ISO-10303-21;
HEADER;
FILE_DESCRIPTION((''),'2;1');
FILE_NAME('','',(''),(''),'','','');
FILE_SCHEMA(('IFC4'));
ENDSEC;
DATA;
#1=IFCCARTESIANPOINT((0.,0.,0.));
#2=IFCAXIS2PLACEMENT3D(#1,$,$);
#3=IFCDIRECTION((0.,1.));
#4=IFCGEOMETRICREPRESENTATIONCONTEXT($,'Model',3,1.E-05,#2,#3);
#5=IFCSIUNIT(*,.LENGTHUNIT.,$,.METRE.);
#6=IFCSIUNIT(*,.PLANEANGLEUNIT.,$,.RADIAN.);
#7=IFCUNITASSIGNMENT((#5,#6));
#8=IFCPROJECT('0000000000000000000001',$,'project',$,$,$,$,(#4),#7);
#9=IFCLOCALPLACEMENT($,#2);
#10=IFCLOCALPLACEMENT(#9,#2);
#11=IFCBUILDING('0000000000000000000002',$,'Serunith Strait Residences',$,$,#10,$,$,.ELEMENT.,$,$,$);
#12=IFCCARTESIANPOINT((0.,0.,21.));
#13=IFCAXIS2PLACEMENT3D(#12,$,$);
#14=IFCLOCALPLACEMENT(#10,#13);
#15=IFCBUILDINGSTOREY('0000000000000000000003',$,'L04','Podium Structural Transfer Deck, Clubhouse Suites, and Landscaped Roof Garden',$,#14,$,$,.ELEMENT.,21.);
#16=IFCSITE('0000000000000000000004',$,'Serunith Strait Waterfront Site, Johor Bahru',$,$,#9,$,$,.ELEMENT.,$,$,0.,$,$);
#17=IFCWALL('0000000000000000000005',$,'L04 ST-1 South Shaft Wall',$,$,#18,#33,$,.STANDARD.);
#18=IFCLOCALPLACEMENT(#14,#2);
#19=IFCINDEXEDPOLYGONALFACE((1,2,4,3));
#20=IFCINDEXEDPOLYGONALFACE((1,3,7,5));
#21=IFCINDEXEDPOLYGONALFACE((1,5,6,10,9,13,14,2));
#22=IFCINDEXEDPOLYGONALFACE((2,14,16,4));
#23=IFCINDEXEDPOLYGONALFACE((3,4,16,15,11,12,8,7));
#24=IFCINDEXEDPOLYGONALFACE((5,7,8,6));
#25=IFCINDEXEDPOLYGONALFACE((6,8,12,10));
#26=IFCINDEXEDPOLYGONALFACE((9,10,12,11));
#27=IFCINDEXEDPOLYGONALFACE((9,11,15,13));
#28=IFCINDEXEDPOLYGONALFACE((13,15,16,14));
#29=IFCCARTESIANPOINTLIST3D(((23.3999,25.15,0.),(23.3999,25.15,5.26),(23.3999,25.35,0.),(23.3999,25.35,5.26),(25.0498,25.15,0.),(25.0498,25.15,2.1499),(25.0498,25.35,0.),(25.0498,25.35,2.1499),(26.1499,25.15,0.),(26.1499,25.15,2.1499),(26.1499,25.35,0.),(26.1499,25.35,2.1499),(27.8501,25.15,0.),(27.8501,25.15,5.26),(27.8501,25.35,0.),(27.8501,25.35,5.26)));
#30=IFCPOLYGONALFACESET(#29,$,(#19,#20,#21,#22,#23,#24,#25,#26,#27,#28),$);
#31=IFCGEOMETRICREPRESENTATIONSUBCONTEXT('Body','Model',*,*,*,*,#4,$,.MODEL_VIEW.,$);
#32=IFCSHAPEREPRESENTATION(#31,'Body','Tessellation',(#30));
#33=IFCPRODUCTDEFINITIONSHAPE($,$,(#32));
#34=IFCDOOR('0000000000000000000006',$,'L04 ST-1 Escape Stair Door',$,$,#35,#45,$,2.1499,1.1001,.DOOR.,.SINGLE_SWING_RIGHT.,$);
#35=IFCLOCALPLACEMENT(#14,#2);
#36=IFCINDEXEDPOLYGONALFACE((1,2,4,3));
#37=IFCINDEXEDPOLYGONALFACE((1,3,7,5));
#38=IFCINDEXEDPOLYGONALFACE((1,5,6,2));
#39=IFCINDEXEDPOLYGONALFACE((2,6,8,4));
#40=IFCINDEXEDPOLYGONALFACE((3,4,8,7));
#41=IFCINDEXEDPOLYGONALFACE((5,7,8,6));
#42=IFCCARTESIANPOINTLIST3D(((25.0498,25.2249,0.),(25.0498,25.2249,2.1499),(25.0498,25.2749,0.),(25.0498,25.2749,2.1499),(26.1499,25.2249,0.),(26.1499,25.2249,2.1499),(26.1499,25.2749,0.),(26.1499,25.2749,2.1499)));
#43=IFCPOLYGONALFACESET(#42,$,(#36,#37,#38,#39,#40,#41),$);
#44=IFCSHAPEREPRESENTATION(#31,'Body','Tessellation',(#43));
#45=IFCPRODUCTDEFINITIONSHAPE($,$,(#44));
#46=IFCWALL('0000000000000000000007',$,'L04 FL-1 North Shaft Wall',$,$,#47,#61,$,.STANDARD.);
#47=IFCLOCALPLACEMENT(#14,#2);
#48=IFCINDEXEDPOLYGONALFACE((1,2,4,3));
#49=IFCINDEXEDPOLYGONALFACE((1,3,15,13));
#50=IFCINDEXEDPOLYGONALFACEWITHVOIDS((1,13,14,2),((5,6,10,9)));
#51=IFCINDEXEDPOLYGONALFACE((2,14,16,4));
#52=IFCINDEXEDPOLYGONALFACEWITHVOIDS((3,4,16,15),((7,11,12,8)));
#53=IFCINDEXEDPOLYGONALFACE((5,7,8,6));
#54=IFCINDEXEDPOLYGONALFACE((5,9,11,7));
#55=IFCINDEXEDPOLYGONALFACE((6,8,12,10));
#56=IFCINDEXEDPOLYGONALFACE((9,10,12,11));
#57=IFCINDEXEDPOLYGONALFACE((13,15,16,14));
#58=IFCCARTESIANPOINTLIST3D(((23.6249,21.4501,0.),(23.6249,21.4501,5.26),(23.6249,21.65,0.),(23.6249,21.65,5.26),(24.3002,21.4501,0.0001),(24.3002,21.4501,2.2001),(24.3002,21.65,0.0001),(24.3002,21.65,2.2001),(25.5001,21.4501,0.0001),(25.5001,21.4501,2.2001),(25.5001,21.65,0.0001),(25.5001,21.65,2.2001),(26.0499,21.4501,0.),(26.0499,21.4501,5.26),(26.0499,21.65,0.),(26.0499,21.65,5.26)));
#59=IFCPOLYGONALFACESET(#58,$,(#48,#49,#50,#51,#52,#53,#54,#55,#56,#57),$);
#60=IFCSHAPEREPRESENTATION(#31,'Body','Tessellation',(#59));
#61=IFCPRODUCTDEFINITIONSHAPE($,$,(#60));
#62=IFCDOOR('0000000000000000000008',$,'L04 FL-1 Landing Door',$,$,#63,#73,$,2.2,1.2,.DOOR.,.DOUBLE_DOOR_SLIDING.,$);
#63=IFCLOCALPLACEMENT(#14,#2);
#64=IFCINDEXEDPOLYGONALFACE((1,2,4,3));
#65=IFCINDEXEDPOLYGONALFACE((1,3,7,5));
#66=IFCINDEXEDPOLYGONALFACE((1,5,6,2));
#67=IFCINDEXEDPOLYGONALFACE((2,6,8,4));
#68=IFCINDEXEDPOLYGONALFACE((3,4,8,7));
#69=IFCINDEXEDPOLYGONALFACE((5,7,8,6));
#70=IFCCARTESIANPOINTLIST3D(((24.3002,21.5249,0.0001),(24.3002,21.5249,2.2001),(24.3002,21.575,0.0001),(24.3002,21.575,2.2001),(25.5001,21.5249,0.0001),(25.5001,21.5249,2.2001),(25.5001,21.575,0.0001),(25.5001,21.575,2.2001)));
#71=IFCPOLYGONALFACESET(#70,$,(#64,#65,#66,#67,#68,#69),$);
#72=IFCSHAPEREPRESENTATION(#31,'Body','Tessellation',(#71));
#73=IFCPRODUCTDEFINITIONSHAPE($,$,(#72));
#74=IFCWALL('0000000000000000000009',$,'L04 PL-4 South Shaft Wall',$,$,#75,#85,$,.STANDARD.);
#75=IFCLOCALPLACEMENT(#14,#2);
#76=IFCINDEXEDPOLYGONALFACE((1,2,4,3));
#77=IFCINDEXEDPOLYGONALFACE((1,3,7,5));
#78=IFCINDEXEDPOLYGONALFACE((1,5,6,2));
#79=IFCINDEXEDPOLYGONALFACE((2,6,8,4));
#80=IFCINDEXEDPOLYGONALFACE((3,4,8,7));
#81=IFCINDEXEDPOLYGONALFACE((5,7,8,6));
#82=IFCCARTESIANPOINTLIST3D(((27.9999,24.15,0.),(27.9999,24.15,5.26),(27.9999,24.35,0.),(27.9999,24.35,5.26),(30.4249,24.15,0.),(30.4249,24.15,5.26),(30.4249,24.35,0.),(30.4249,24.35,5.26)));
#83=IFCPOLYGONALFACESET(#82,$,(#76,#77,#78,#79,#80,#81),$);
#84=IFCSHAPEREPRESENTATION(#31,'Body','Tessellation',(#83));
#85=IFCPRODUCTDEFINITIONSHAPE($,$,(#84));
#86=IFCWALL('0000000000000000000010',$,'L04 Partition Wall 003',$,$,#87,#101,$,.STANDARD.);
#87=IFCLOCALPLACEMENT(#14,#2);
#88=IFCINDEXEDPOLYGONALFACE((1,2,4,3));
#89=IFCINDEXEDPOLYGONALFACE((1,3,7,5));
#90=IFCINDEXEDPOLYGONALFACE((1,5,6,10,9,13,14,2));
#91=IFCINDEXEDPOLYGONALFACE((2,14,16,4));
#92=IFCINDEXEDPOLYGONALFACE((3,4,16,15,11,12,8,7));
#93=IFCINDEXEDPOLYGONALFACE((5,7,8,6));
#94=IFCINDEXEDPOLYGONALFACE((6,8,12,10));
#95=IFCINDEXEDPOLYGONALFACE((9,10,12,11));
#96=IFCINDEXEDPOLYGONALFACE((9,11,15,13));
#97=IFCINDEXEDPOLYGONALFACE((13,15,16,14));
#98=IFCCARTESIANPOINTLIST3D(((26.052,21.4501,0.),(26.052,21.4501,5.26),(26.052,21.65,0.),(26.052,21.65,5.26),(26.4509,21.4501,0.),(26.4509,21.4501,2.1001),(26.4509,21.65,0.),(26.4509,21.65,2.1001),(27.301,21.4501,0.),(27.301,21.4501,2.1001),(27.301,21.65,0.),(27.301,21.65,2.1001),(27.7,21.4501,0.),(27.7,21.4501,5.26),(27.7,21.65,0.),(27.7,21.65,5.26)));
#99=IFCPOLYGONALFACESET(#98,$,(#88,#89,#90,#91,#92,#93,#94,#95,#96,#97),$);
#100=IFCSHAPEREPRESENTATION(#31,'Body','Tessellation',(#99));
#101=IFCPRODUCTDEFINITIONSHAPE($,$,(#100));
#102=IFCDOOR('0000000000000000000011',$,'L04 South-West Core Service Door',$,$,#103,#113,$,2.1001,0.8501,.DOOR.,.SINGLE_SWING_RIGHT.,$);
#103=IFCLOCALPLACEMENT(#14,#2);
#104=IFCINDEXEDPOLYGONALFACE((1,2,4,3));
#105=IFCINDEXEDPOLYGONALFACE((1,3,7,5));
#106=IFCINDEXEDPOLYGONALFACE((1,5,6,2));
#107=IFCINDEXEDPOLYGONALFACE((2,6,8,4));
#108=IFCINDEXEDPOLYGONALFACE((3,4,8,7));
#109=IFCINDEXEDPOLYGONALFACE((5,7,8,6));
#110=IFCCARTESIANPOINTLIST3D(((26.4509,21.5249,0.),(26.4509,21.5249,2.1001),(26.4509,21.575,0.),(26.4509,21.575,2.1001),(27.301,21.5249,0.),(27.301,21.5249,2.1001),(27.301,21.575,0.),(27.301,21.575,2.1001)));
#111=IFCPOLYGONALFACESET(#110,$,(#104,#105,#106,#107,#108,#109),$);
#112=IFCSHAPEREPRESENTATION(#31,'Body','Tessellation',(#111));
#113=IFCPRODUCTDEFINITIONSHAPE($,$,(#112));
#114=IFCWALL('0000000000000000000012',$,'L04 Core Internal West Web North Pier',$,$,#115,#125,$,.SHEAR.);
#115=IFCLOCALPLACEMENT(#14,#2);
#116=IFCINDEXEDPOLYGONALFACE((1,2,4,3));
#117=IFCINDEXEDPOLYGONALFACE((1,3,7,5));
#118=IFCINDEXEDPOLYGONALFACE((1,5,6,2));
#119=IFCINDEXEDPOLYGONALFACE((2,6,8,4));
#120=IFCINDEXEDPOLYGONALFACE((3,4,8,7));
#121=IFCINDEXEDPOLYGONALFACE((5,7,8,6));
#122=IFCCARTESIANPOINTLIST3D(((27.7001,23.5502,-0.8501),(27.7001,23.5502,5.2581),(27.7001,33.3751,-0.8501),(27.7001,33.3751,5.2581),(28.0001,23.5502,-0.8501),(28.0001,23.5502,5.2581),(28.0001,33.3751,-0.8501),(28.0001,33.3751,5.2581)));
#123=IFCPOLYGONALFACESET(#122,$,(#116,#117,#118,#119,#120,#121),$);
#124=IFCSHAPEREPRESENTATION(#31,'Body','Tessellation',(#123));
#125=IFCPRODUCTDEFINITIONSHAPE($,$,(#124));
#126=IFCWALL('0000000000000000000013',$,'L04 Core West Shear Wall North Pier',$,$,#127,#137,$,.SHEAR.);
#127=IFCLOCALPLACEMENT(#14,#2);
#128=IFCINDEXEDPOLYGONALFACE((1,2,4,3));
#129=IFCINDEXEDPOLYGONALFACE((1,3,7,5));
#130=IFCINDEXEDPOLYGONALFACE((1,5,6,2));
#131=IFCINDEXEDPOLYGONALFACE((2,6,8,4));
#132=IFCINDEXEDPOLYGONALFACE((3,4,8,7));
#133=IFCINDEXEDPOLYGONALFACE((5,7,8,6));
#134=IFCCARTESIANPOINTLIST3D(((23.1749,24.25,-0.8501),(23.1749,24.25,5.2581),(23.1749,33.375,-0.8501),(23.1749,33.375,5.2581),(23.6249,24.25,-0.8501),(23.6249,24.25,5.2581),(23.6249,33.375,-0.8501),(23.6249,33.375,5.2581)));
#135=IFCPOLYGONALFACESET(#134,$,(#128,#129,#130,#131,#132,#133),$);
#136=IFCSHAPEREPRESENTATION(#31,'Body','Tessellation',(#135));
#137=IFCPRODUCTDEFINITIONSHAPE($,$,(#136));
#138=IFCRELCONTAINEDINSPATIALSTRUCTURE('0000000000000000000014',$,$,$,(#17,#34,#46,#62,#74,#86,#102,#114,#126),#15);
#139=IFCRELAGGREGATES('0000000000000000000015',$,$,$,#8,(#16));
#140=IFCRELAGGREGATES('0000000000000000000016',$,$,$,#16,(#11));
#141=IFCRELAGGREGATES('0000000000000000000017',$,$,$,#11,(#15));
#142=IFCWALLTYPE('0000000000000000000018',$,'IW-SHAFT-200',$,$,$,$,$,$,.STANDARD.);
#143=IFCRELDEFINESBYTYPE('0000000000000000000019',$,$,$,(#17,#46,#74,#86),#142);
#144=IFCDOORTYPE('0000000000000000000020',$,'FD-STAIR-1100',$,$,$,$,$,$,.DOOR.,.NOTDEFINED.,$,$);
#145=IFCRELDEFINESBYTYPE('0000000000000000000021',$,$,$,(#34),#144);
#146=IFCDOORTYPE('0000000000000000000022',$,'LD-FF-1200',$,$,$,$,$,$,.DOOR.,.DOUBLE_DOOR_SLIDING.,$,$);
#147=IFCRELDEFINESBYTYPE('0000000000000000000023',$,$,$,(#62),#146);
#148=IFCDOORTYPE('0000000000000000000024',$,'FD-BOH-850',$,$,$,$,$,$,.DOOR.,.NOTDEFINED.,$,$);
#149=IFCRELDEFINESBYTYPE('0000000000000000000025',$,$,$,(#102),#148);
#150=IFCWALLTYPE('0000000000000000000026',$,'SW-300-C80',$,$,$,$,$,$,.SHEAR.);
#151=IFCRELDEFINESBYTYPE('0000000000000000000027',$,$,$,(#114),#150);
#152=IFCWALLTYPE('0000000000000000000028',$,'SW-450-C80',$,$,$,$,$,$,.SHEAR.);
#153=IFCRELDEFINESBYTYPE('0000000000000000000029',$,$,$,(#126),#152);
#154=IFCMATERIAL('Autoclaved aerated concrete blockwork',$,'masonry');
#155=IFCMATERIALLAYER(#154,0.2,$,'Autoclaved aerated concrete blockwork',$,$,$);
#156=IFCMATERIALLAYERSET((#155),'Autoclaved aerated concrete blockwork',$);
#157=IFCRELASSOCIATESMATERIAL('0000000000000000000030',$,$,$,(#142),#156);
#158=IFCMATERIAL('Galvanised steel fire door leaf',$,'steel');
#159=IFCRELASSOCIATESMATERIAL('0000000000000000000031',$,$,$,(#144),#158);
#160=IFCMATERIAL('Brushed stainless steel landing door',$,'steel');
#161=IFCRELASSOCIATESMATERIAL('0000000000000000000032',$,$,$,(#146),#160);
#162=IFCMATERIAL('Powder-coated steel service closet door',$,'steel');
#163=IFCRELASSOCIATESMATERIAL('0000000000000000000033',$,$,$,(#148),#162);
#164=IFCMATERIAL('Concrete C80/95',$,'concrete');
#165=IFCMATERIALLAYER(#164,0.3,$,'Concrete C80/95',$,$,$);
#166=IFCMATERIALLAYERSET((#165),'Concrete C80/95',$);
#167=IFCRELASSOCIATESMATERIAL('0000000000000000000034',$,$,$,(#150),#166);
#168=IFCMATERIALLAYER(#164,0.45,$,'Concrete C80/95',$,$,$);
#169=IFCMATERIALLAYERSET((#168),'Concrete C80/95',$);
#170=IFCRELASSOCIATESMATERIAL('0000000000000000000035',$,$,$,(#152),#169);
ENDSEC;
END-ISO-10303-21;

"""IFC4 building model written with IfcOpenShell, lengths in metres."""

from ifc_helpers import new_model, si_unit, direction, frame, frame_2d, origin, place, context, subcontext, project, spatial, rectangle, extrude, source, transform, mapped, material, layer, layer_set, type_object, element, fill, save


model = new_model("IFC4")

# Units and contexts
model_context = context("Model", 3, precision=1e-05, world=origin(), true_north=direction((0.0, 1.0)))
body_context = subcontext(model_context, "Body", "Model", "MODEL_VIEW")
ifc_project = project(units=[si_unit("LENGTHUNIT", "METRE"), si_unit("PLANEANGLEUNIT", "RADIAN")], contexts=[model_context])

# Site, building, storey
site_placement = place(None, origin())
site = spatial("IfcSite", under=ifc_project, at=site_placement, Name="Serunith Strait Waterfront Site, Johor Bahru", CompositionType="ELEMENT", RefElevation=0.0)
building_placement = place(site_placement, origin())
building = spatial("IfcBuilding", under=site, at=building_placement, Name="Serunith Strait Residences", CompositionType="ELEMENT")
storey_placement = place(building_placement, frame((0.0, 0.0, 21.0)))
storey = spatial("IfcBuildingStorey", under=building, at=storey_placement, Name="L04", Description="Podium Structural Transfer Deck, Clubhouse Suites, and Landscaped Roof Garden", CompositionType="ELEMENT", Elevation=21.0)

# Walls, openings, doors
ifc_material_1 = material(Name="Autoclaved aerated concrete blockwork", Category="masonry")
ifc_layer_1 = layer(ifc_material_1, 0.2, Name="Autoclaved aerated concrete blockwork")
ifc_layer_set_1 = layer_set([ifc_layer_1], Name="Autoclaved aerated concrete blockwork")
wall_type_1 = type_object("IfcWallType", Name="IW-SHAFT-200", PredefinedType="STANDARD", material=ifc_layer_set_1)
wall_1_placement = place(storey_placement, frame((23.3999, 25.25, 0.0), z_axis=(0.0, 0.0, 1.0), x_axis=(1.0, 0.0, 0.0)))
wall_1 = element("IfcWall", 1, at=wall_1_placement, inside=storey, type_object=wall_type_1, Name="L04 ST-1 South Shaft Wall", PredefinedType="STANDARD", context=body_context, shape_type="SweptSolid", body=[
    extrude(rectangle(XDim=4.4502, YDim=0.2, at=frame_2d((2.2251, 0.0))), origin(), (0.0, 0.0, 1.0), 5.26),
])
opening_1_placement = place(wall_1_placement, frame((1.6499, 0.0, 0.0)))
opening_1 = element("IfcOpeningElement", 2, at=opening_1_placement, cuts=wall_1, PredefinedType="OPENING", context=body_context, shape_type="SweptSolid", body=[
    extrude(rectangle(XDim=1.1001, YDim=2.1499, at=frame_2d((0.55, 1.075))), frame((0.0, 0.1099, 0.0), z_axis=(0.0, -1.0, 0.0), x_axis=(1.0, 0.0, 0.0)), (0.0, 0.0, 1.0), 0.22),
])
ifc_material_2 = material(Name="Galvanised steel fire door leaf", Category="steel")
door_type_1 = type_object("IfcDoorType", Name="FD-STAIR-1100", OperationType="NOTDEFINED", PredefinedType="DOOR", material=ifc_material_2)
shared_shape_1 = source(origin(), body_context, "Body", "SweptSolid", [
    extrude(rectangle(XDim=1.1001, YDim=2.1499, at=frame_2d((0.55, 1.075))), frame((0.0, 0.0249, 0.0), z_axis=(0.0, -1.0, 0.0), x_axis=(1.0, 0.0, 0.0)), (0.0, 0.0, 1.0), 0.05),
])
door_1_placement = place(opening_1_placement, origin())
door_1 = element("IfcDoor", 3, at=door_1_placement, inside=storey, type_object=door_type_1, Name="L04 ST-1 Escape Stair Door", OperationType="SINGLE_SWING_RIGHT", OverallHeight=2.1499, OverallWidth=1.1001, PredefinedType="DOOR", context=body_context, shape_type="MappedRepresentation", body=[
    mapped(shared_shape_1, transform((0.0, 0.0, 0.0), scale=1.0)),
])
fill(opening_1, door_1)
wall_2_placement = place(storey_placement, frame((23.625, 21.55, 0.0), z_axis=(0.0, 0.0, 1.0), x_axis=(1.0, 0.0, 0.0)))
wall_2 = element("IfcWall", 4, at=wall_2_placement, inside=storey, type_object=wall_type_1, Name="L04 FL-1 North Shaft Wall", PredefinedType="STANDARD", context=body_context, shape_type="SweptSolid", body=[
    extrude(rectangle(XDim=2.425, YDim=0.2, at=frame_2d((1.2124, 0.0))), origin(), (0.0, 0.0, 1.0), 5.26),
])
opening_2_placement = place(wall_2_placement, frame((0.675, 0.0, 0.0)))
opening_2 = element("IfcOpeningElement", 5, at=opening_2_placement, cuts=wall_2, PredefinedType="OPENING", context=body_context, shape_type="SweptSolid", body=[
    extrude(rectangle(XDim=1.2, YDim=2.2, at=frame_2d((0.6001, 1.1001))), frame((0.0, 0.1099, 0.0), z_axis=(0.0, -1.0, 0.0), x_axis=(1.0, 0.0, 0.0)), (0.0, 0.0, 1.0), 0.22),
])
ifc_material_3 = material(Name="Brushed stainless steel landing door", Category="steel")
door_type_2 = type_object("IfcDoorType", Name="LD-FF-1200", OperationType="DOUBLE_DOOR_SLIDING", PredefinedType="DOOR", material=ifc_material_3)
shared_shape_2 = source(origin(), body_context, "Body", "SweptSolid", [
    extrude(rectangle(XDim=1.2, YDim=2.2, at=frame_2d((0.6001, 1.1001))), frame((0.0, 0.0249, 0.0), z_axis=(0.0, -1.0, 0.0), x_axis=(1.0, 0.0, 0.0)), (0.0, 0.0, 1.0), 0.05),
])
door_2_placement = place(opening_2_placement, origin())
door_2 = element("IfcDoor", 6, at=door_2_placement, inside=storey, type_object=door_type_2, Name="L04 FL-1 Landing Door", OperationType="DOUBLE_DOOR_SLIDING", OverallHeight=2.2, OverallWidth=1.2, PredefinedType="DOOR", context=body_context, shape_type="MappedRepresentation", body=[
    mapped(shared_shape_2, transform((0.0, 0.0, 0.0), scale=1.0)),
])
fill(opening_2, door_2)

# Wall
wall_3_placement = place(storey_placement, frame((28.0, 24.25, 0.0), z_axis=(0.0, 0.0, 1.0), x_axis=(1.0, 0.0, 0.0)))
element("IfcWall", 7, at=wall_3_placement, inside=storey, type_object=wall_type_1, Name="L04 PL-4 South Shaft Wall", PredefinedType="STANDARD", context=body_context, shape_type="SweptSolid", body=[
    extrude(rectangle(XDim=2.425, YDim=0.2, at=frame_2d((1.2124, 0.0))), origin(), (0.0, 0.0, 1.0), 5.26),
])

# Wall, opening, door
wall_4_placement = place(storey_placement, frame((26.052, 21.55, 0.0), z_axis=(0.0, 0.0, 1.0), x_axis=(1.0, 0.0, 0.0)))
wall_4 = element("IfcWall", 8, at=wall_4_placement, inside=storey, type_object=wall_type_1, Name="L04 Partition Wall 003", PredefinedType="STANDARD", context=body_context, shape_type="SweptSolid", body=[
    extrude(rectangle(XDim=1.6479, YDim=0.2, at=frame_2d((0.824, 0.0))), origin(), (0.0, 0.0, 1.0), 5.26),
])
opening_3_placement = place(wall_4_placement, frame((0.3989, 0.0, 0.0)))
opening_3 = element("IfcOpeningElement", 9, at=opening_3_placement, cuts=wall_4, PredefinedType="OPENING", context=body_context, shape_type="SweptSolid", body=[
    extrude(rectangle(XDim=0.8501, YDim=2.1001, at=frame_2d((0.425, 1.05))), frame((0.0, 0.1099, 0.0), z_axis=(0.0, -1.0, 0.0), x_axis=(1.0, 0.0, 0.0)), (0.0, 0.0, 1.0), 0.22),
])
ifc_material_4 = material(Name="Powder-coated steel service closet door", Category="steel")
door_type_3 = type_object("IfcDoorType", Name="FD-BOH-850", OperationType="NOTDEFINED", PredefinedType="DOOR", material=ifc_material_4)
shared_shape_3 = source(origin(), body_context, "Body", "SweptSolid", [
    extrude(rectangle(XDim=0.8501, YDim=2.1001, at=frame_2d((0.425, 1.05))), frame((0.0, 0.0249, 0.0), z_axis=(0.0, -1.0, 0.0), x_axis=(1.0, 0.0, 0.0)), (0.0, 0.0, 1.0), 0.05),
])
door_3_placement = place(opening_3_placement, origin())
door_3 = element("IfcDoor", 10, at=door_3_placement, inside=storey, type_object=door_type_3, Name="L04 South-West Core Service Door", OperationType="SINGLE_SWING_RIGHT", OverallHeight=2.1001, OverallWidth=0.8501, PredefinedType="DOOR", context=body_context, shape_type="MappedRepresentation", body=[
    mapped(shared_shape_3, transform((0.0, 0.0, 0.0), scale=1.0)),
])
fill(opening_3, door_3)

# Walls
ifc_material_5 = material(Name="Concrete C80/95", Category="concrete")
ifc_layer_2 = layer(ifc_material_5, 0.3, Name="Concrete C80/95")
ifc_layer_set_2 = layer_set([ifc_layer_2], Name="Concrete C80/95")
wall_type_2 = type_object("IfcWallType", Name="SW-300-C80", PredefinedType="SHEAR", material=ifc_layer_set_2)
wall_5_placement = place(storey_placement, frame((27.8501, 23.55, -0.8501), z_axis=(0.0, 0.0, 1.0), x_axis=(0.0, 1.0, 0.0)))
element("IfcWall", 11, at=wall_5_placement, inside=storey, type_object=wall_type_2, Name="L04 Core Internal West Web North Pier", PredefinedType="SHEAR", context=body_context, shape_type="SweptSolid", body=[
    extrude(rectangle(XDim=9.825, YDim=0.3, at=frame_2d((4.9126, 0.0))), origin(), (0.0, 0.0, 1.0), 6.1082),
])
ifc_layer_3 = layer(ifc_material_5, 0.45, Name="Concrete C80/95")
ifc_layer_set_3 = layer_set([ifc_layer_3], Name="Concrete C80/95")
wall_type_3 = type_object("IfcWallType", Name="SW-450-C80", PredefinedType="SHEAR", material=ifc_layer_set_3)
wall_6_placement = place(storey_placement, frame((23.3999, 24.25, -0.8501), z_axis=(0.0, 0.0, 1.0), x_axis=(0.0, 1.0, 0.0)))
element("IfcWall", 12, at=wall_6_placement, inside=storey, type_object=wall_type_3, Name="L04 Core West Shear Wall North Pier", PredefinedType="SHEAR", context=body_context, shape_type="SweptSolid", body=[
    extrude(rectangle(XDim=9.125, YDim=0.45, at=frame_2d((4.5625, 0.0))), origin(), (0.0, 0.0, 1.0), 6.1082),
])

save(model, "model.ifc")
